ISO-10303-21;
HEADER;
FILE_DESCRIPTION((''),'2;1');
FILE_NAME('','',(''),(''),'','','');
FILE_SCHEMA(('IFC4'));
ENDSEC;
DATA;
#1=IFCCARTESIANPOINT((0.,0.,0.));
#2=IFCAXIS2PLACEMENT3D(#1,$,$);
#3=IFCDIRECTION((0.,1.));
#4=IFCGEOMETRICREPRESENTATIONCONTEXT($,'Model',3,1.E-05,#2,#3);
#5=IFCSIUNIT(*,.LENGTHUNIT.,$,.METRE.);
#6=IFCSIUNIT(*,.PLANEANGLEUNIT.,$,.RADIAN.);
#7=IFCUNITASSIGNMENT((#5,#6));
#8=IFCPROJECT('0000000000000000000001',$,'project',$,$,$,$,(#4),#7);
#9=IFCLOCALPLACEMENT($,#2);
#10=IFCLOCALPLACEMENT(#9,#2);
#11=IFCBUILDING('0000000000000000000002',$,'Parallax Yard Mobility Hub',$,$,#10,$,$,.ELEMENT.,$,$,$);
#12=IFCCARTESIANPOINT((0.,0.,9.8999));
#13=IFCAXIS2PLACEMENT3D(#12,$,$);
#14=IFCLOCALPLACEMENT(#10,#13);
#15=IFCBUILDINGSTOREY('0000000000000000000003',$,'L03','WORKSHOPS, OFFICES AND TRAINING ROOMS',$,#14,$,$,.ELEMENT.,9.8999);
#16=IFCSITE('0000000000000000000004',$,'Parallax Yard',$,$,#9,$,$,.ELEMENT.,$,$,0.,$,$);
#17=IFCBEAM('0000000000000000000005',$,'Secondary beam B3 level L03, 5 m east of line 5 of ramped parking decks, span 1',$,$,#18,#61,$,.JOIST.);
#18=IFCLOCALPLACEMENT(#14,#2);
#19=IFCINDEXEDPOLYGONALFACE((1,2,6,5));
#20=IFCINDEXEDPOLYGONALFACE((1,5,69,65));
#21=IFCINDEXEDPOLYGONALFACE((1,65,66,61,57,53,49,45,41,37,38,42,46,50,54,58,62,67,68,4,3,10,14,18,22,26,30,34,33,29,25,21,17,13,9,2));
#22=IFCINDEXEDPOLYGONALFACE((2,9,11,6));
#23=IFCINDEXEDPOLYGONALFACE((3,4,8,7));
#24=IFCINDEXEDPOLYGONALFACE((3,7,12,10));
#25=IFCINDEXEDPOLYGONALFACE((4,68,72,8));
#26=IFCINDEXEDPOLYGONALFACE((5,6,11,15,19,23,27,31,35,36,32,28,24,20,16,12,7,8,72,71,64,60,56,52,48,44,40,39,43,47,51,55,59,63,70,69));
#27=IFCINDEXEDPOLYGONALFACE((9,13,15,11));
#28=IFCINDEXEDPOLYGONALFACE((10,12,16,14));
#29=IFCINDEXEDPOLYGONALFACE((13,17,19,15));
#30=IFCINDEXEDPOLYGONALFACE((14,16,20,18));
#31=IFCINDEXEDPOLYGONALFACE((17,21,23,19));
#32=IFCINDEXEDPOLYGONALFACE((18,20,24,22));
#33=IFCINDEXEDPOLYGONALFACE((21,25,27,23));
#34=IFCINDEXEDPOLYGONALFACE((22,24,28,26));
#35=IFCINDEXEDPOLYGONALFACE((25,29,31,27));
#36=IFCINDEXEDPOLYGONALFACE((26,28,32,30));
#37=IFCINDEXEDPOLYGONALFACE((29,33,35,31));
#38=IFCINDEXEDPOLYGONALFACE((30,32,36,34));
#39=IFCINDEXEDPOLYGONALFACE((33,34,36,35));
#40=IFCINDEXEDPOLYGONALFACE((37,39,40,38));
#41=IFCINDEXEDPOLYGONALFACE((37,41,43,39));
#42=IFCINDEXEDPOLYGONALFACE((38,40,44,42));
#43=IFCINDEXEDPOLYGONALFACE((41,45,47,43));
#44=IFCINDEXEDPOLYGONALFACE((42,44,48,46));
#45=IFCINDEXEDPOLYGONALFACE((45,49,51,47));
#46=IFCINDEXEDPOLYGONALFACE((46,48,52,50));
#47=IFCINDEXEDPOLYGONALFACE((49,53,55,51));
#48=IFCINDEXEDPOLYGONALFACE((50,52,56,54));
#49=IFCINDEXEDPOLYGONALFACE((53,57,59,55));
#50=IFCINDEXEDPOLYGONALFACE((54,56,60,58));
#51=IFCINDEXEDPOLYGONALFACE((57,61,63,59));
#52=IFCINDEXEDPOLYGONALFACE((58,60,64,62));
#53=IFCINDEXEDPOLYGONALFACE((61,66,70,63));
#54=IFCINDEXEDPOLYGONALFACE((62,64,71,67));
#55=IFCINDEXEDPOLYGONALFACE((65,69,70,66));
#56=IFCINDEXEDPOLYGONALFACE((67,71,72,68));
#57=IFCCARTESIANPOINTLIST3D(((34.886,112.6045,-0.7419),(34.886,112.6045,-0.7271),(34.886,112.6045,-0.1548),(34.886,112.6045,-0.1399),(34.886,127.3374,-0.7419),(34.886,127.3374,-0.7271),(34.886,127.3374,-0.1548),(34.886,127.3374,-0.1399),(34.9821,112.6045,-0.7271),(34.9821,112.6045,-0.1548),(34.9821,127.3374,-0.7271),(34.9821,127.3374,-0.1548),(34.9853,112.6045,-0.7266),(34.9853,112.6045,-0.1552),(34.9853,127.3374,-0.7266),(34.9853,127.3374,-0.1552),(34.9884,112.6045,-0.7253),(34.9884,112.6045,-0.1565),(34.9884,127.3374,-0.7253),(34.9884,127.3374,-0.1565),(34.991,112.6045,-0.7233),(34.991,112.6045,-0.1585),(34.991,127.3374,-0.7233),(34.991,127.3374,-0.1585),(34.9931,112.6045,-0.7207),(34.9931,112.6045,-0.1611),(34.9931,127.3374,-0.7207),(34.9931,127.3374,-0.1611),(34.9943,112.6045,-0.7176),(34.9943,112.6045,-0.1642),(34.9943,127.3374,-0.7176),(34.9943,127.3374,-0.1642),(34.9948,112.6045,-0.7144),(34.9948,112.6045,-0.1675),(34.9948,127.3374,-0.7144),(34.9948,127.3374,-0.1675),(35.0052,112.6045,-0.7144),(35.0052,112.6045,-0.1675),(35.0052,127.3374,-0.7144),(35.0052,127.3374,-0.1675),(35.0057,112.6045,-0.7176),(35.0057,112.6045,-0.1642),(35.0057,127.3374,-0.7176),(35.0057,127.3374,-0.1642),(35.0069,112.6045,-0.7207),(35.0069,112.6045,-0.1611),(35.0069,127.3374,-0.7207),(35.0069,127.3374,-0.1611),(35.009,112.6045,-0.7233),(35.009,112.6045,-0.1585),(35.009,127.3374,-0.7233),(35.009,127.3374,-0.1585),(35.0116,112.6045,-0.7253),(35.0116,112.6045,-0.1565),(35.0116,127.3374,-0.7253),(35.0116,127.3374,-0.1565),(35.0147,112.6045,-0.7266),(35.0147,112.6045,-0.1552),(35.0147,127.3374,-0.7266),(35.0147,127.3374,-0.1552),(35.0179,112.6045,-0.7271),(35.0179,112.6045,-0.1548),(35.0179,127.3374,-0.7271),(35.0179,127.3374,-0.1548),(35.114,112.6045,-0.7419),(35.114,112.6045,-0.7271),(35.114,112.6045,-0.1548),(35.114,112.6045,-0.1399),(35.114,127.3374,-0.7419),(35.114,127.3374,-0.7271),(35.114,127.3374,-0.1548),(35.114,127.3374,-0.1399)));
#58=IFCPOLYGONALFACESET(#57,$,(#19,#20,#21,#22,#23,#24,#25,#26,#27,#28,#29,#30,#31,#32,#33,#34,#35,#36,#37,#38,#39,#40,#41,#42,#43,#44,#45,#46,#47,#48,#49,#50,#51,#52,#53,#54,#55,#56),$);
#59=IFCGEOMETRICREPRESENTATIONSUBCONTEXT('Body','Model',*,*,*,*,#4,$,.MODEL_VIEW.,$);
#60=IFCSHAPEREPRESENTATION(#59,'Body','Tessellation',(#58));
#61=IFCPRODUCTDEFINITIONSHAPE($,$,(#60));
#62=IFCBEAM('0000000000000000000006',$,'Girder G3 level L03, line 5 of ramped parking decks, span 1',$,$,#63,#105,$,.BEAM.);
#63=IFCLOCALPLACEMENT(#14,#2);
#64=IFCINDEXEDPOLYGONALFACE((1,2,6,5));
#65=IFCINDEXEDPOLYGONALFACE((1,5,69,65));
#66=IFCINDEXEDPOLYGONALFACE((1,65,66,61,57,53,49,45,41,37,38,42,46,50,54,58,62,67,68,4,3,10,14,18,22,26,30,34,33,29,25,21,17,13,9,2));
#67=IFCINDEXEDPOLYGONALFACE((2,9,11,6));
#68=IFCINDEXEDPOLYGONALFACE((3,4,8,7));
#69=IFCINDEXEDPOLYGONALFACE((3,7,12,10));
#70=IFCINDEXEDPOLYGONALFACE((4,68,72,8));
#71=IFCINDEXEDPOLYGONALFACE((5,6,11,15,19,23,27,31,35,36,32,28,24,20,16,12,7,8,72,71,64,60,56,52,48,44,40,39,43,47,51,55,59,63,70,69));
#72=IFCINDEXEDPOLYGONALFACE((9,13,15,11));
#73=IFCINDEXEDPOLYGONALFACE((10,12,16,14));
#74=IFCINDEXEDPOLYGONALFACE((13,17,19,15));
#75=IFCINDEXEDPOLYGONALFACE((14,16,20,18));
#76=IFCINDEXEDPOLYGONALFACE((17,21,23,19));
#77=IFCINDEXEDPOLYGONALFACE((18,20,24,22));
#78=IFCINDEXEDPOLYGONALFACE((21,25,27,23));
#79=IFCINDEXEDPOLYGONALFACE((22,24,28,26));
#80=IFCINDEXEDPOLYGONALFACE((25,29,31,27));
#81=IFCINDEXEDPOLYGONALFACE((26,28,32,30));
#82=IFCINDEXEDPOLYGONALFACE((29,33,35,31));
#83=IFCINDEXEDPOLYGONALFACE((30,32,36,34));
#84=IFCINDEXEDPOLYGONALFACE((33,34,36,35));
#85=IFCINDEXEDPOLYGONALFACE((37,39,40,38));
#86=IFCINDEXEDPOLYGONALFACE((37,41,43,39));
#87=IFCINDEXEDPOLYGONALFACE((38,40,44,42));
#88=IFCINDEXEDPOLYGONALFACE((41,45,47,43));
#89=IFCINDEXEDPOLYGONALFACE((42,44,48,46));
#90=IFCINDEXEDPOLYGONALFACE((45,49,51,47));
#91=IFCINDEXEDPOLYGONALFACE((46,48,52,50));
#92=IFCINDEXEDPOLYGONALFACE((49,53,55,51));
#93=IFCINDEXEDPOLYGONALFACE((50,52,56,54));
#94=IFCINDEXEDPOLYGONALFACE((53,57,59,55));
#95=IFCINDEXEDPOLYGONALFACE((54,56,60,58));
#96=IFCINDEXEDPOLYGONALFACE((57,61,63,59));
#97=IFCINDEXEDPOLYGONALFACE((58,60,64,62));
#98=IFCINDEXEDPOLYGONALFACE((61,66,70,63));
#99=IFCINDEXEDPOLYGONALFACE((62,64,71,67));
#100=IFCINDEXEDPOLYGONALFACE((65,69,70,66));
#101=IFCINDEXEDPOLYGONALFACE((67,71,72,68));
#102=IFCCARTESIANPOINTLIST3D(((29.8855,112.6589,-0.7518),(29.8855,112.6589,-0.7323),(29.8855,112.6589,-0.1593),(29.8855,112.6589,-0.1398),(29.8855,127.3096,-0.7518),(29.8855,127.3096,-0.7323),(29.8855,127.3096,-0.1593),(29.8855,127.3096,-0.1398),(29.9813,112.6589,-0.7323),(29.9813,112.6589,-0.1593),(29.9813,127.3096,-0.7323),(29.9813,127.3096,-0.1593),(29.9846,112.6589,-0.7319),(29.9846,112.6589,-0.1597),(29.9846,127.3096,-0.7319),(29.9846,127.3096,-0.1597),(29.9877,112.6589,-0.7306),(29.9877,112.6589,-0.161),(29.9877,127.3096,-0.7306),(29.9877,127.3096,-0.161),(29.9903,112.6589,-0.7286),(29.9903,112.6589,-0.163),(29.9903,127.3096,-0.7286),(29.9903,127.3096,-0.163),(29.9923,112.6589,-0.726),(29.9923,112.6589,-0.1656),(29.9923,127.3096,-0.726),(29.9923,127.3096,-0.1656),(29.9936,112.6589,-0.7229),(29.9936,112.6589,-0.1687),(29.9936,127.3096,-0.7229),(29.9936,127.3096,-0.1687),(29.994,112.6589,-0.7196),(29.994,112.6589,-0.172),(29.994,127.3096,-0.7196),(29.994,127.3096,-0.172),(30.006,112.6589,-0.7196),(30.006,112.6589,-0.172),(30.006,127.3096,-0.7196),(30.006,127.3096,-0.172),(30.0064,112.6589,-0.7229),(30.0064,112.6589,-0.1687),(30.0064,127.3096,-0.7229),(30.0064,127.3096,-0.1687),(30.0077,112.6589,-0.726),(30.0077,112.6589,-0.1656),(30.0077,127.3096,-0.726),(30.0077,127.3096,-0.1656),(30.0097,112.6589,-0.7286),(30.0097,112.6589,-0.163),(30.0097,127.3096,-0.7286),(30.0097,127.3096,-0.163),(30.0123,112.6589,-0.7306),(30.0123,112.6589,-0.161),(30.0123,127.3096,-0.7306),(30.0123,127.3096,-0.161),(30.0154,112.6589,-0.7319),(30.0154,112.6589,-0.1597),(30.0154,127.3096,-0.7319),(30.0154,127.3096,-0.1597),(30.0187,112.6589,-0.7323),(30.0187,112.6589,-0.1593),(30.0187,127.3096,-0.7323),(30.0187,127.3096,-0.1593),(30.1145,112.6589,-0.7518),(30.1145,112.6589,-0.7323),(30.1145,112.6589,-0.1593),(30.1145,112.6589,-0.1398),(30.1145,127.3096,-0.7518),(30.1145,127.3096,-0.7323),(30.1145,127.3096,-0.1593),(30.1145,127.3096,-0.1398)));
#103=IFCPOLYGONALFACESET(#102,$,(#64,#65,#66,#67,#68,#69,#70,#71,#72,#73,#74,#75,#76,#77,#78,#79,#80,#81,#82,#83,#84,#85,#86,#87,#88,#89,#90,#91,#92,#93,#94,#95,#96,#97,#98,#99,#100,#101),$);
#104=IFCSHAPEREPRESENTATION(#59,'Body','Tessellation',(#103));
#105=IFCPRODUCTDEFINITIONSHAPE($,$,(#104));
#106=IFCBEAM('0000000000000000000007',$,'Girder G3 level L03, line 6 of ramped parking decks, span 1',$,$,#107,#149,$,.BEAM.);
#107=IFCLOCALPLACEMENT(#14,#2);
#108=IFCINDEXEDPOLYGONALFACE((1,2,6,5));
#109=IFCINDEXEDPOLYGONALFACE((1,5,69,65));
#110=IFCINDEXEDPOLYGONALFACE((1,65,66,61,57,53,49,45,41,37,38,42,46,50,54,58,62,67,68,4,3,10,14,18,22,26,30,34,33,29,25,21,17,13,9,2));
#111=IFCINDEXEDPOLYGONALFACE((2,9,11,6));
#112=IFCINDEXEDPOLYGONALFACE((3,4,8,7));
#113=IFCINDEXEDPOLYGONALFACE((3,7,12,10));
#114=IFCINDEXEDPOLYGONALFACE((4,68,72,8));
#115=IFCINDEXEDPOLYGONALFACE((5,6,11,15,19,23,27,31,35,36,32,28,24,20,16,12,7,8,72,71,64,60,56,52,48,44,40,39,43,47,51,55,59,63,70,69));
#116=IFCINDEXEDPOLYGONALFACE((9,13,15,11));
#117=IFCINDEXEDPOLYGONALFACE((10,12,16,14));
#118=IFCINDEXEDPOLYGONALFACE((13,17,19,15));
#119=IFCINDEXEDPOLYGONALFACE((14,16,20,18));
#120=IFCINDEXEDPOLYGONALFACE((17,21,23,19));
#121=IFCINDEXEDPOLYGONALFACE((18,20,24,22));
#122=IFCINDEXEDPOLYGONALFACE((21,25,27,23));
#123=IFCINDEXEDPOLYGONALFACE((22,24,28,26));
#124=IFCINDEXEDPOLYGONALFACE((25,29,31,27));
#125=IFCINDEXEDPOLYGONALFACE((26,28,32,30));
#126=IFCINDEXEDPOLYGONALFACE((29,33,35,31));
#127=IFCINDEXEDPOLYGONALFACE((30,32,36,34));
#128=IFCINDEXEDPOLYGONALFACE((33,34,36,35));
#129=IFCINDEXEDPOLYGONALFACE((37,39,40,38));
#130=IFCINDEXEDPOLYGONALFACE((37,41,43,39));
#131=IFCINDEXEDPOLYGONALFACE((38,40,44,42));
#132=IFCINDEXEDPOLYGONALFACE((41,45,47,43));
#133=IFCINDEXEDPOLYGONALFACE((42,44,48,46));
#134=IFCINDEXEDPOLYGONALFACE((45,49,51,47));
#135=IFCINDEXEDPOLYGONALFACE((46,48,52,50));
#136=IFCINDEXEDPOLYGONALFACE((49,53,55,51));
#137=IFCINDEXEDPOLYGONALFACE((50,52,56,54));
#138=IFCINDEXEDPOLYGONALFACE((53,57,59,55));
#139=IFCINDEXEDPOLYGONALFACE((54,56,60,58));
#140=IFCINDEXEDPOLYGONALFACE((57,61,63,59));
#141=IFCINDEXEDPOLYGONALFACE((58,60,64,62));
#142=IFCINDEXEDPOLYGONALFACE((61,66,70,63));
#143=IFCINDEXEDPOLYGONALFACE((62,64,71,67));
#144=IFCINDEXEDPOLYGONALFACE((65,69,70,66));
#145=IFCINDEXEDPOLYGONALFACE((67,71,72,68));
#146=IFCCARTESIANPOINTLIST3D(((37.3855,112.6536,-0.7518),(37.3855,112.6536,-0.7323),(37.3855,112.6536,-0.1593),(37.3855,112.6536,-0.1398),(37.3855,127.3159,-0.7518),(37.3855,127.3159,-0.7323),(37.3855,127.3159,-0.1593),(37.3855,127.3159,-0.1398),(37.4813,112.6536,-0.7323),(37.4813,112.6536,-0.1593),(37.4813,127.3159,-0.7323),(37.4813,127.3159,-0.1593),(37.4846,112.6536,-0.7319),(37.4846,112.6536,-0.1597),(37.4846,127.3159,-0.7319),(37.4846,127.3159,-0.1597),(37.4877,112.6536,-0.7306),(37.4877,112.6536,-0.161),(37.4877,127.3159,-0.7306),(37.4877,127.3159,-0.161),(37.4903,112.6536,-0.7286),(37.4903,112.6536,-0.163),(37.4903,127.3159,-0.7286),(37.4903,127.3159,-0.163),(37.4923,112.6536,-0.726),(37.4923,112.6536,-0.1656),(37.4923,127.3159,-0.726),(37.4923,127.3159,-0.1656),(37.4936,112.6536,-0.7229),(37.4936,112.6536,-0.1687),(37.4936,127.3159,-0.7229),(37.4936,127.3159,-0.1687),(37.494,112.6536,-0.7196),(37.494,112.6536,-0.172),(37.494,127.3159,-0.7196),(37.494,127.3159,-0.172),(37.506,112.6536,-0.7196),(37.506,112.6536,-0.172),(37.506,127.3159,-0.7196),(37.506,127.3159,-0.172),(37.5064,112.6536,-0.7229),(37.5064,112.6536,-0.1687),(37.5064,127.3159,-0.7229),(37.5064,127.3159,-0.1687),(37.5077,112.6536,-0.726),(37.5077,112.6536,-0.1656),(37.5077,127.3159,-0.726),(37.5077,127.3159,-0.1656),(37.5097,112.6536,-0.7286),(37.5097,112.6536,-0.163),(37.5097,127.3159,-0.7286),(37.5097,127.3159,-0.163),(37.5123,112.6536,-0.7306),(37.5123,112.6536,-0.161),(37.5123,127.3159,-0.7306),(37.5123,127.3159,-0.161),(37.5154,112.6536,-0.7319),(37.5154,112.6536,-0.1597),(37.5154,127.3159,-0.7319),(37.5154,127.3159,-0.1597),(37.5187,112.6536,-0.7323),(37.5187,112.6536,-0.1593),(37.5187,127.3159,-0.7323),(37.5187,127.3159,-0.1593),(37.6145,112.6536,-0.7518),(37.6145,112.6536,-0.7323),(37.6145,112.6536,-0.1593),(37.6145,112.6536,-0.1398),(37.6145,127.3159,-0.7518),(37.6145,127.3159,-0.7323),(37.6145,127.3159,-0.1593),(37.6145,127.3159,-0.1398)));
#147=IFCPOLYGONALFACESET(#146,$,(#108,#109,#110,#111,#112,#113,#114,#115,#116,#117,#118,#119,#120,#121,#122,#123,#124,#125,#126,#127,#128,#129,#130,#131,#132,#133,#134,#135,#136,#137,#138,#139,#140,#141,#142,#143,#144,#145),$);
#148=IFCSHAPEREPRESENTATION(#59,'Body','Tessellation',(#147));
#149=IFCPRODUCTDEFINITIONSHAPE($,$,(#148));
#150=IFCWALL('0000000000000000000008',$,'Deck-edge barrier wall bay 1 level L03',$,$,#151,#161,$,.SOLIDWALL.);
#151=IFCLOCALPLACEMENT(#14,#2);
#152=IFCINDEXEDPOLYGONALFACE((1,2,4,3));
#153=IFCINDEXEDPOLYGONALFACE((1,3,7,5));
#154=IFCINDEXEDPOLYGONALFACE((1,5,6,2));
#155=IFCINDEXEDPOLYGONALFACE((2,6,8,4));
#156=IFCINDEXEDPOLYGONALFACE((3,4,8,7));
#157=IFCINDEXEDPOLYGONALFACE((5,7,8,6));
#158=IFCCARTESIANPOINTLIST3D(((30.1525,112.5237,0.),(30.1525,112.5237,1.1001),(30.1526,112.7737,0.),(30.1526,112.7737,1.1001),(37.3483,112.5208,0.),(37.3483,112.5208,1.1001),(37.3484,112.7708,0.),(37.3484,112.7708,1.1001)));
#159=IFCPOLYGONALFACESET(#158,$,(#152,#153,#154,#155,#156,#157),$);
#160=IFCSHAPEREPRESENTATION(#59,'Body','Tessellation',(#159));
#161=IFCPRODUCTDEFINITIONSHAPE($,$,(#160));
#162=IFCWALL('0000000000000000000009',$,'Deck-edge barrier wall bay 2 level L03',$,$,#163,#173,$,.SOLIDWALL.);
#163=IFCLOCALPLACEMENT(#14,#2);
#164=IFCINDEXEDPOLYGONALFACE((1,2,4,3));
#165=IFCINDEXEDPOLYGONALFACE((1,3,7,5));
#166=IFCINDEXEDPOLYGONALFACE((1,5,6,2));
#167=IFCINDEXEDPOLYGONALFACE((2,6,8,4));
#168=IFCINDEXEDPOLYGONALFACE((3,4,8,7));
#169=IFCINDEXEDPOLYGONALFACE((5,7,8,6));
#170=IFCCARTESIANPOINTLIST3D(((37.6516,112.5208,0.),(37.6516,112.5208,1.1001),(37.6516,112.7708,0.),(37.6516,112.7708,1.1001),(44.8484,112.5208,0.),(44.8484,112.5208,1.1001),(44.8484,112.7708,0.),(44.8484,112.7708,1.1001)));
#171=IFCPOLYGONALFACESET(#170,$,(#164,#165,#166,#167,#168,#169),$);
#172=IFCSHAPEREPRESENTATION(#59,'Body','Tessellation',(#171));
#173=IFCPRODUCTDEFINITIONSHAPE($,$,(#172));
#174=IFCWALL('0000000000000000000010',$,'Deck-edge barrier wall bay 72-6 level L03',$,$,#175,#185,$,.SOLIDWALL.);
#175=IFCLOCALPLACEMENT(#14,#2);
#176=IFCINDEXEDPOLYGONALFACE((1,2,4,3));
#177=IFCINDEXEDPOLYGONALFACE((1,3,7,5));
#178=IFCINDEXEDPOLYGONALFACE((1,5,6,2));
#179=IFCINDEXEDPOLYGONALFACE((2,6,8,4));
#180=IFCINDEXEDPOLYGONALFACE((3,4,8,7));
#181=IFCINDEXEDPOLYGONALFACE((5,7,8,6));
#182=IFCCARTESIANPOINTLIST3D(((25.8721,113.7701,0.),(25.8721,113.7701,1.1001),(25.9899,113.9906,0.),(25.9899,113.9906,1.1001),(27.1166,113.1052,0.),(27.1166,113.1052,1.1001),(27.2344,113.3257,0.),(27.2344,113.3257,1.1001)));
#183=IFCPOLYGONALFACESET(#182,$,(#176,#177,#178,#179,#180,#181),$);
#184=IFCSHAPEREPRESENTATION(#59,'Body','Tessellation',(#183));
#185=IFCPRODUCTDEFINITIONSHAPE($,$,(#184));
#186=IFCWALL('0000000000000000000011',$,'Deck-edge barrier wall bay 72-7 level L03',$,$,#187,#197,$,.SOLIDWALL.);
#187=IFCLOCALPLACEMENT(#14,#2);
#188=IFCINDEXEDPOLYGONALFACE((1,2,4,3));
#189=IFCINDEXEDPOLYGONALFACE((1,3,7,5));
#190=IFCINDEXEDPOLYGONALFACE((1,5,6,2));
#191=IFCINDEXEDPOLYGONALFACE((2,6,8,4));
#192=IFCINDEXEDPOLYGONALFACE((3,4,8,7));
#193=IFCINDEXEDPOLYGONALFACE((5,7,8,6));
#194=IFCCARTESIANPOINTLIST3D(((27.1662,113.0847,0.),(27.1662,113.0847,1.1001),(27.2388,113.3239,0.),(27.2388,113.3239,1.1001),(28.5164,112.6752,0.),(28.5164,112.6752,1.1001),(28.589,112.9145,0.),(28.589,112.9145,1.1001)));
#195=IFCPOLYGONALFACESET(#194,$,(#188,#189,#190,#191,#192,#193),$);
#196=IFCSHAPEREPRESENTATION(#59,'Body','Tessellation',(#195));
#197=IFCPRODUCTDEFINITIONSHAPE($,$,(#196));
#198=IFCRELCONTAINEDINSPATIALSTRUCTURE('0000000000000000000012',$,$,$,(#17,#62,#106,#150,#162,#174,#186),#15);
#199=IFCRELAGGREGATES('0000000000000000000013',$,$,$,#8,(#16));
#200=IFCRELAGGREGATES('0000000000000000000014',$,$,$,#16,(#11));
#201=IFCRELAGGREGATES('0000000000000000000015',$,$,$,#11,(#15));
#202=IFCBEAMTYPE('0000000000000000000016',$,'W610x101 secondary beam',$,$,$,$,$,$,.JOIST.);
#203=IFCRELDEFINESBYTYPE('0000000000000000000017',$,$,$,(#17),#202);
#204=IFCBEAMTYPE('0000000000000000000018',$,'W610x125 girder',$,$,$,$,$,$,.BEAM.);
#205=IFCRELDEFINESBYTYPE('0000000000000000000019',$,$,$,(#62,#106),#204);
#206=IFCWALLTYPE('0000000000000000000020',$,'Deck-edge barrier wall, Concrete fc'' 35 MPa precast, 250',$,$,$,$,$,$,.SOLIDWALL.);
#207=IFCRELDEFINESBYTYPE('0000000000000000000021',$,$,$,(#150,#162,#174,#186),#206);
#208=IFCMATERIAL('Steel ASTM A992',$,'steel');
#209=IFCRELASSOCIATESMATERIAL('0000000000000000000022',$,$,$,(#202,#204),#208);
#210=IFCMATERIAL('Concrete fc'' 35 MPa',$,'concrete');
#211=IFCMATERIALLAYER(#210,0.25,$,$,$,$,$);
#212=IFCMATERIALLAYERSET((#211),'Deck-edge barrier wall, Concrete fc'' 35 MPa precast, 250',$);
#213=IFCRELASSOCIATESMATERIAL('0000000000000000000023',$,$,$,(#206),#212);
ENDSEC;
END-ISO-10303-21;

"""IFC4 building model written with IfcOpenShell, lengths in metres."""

from ifc_helpers import new_model, si_unit, direction, frame, frame_2d, origin, origin_2d, place, context, subcontext, project, spatial, rectangle, i_section, extrude, material, layer, layer_set, material_profile, profile_set, type_object, element, save


model = new_model("IFC4")

# Units and contexts
model_context = context("Model", 3, precision=1e-05, world=origin(), true_north=direction((0.0, 1.0)))
body_context = subcontext(model_context, "Body", "Model", "MODEL_VIEW")
ifc_project = project(units=[si_unit("LENGTHUNIT", "METRE"), si_unit("PLANEANGLEUNIT", "RADIAN")], contexts=[model_context])

# Site, building, storey
site_placement = place(None, origin())
site = spatial("IfcSite", under=ifc_project, at=site_placement, Name="Parallax Yard", CompositionType="ELEMENT", RefElevation=0.0)
building_placement = place(site_placement, origin())
building = spatial("IfcBuilding", under=site, at=building_placement, Name="Parallax Yard Mobility Hub", CompositionType="ELEMENT")
storey_placement = place(building_placement, frame((0.0, 0.0, 9.8999)))
storey = spatial("IfcBuildingStorey", under=building, at=storey_placement, Name="L03", Description="WORKSHOPS, OFFICES AND TRAINING ROOMS", CompositionType="ELEMENT", Elevation=9.8999)

# Shared definitions
ifc_material_1 = material(Name="Steel ASTM A992", Category="steel")

# Beams
ifc_material_profile_1 = material_profile(ifc_material_1, i_section(OverallWidth=0.228, OverallDepth=0.6021, WebThickness=0.0105, FlangeThickness=0.0149, FilletRadius=0.0127, at=origin_2d()), Name="W610x101")
ifc_profile_set_1 = profile_set([ifc_material_profile_1], Name="Steel ASTM A992")
beam_type_1 = type_object("IfcBeamType", Name="W610x101 secondary beam", PredefinedType="JOIST", material=ifc_profile_set_1)
beam_1_placement = place(storey_placement, frame((35.0, 112.6045, -0.4409), z_axis=(0.0, 1.0, 0.0), x_axis=(-1.0, 0.0, 0.0)))
element("IfcBeam", 1, at=beam_1_placement, inside=storey, type_object=beam_type_1, Name="Secondary beam B3 level L03, 5 m east of line 5 of ramped parking decks, span 1", PredefinedType="JOIST", context=body_context, shape_type="SweptSolid", body=[
    extrude(i_section(OverallWidth=0.228, OverallDepth=0.6021, WebThickness=0.0105, FlangeThickness=0.0149, FilletRadius=0.0127, at=origin_2d()), origin(), (0.0, 0.0, 1.0), 14.7329),
])
ifc_material_profile_2 = material_profile(ifc_material_1, i_section(OverallWidth=0.229, OverallDepth=0.6121, WebThickness=0.012, FlangeThickness=0.0195, FilletRadius=0.0127, at=origin_2d()), Name="W610x125")
ifc_profile_set_2 = profile_set([ifc_material_profile_2], Name="Steel ASTM A992")
beam_type_2 = type_object("IfcBeamType", Name="W610x125 girder", PredefinedType="BEAM", material=ifc_profile_set_2)
beam_2_placement = place(storey_placement, frame((30.0, 112.6589, -0.4458), z_axis=(0.0, 1.0, 0.0), x_axis=(-1.0, 0.0, 0.0)))
element("IfcBeam", 2, at=beam_2_placement, inside=storey, type_object=beam_type_2, Name="Girder G3 level L03, line 5 of ramped parking decks, span 1", PredefinedType="BEAM", context=body_context, shape_type="SweptSolid", body=[
    extrude(i_section(OverallWidth=0.229, OverallDepth=0.6121, WebThickness=0.012, FlangeThickness=0.0195, FilletRadius=0.0127, at=origin_2d()), origin(), (0.0, 0.0, 1.0), 14.6506),
])
beam_3_placement = place(storey_placement, frame((37.5, 112.6536, -0.4458), z_axis=(0.0, 1.0, 0.0), x_axis=(-1.0, 0.0, 0.0)))
element("IfcBeam", 3, at=beam_3_placement, inside=storey, type_object=beam_type_2, Name="Girder G3 level L03, line 6 of ramped parking decks, span 1", PredefinedType="BEAM", context=body_context, shape_type="SweptSolid", body=[
    extrude(i_section(OverallWidth=0.229, OverallDepth=0.6121, WebThickness=0.012, FlangeThickness=0.0195, FilletRadius=0.0127, at=origin_2d()), origin(), (0.0, 0.0, 1.0), 14.6624),
])

# Walls
ifc_material_2 = material(Name="Concrete fc' 35 MPa", Category="concrete")
ifc_layer_1 = layer(ifc_material_2, 0.25)
ifc_layer_set_1 = layer_set([ifc_layer_1], Name="Deck-edge barrier wall, Concrete fc' 35 MPa precast, 250")
wall_type = type_object("IfcWallType", Name="Deck-edge barrier wall, Concrete fc' 35 MPa precast, 250", PredefinedType="SOLIDWALL", material=ifc_layer_set_1)
wall_1_placement = place(storey_placement, frame((30.1526, 112.6487, 0.0), z_axis=(0.0, 0.0, 1.0), x_axis=(1.0, -0.000407, 0.0)))
element("IfcWall", 4, at=wall_1_placement, inside=storey, type_object=wall_type, Name="Deck-edge barrier wall bay 1 level L03", PredefinedType="SOLIDWALL", context=body_context, shape_type="SweptSolid", body=[
    extrude(rectangle(XDim=7.1958, YDim=0.25, at=frame_2d((3.5979, 0.0))), origin(), (0.0, 0.0, 1.0), 1.1001),
])
wall_2_placement = place(storey_placement, frame((37.6516, 112.6458, 0.0), z_axis=(0.0, 0.0, 1.0), x_axis=(1.0, 0.0, 0.0)))
element("IfcWall", 5, at=wall_2_placement, inside=storey, type_object=wall_type, Name="Deck-edge barrier wall bay 2 level L03", PredefinedType="SOLIDWALL", context=body_context, shape_type="SweptSolid", body=[
    extrude(rectangle(XDim=7.1968, YDim=0.25, at=frame_2d((3.5984, 0.0))), origin(), (0.0, 0.0, 1.0), 1.1001),
])
for number, where, z_axis, x_axis, name in (
    (6, (25.9309, 113.8804, 0.0), (0.0, 0.0, 1.0), (0.882022, -0.471208, 0.0), "Deck-edge barrier wall bay 72-6 level L03"),
    (7, (27.2024, 113.2043, 0.0), (0.0, 0.0, 1.0), (0.956965, -0.290204, 0.0), "Deck-edge barrier wall bay 72-7 level L03"),
):
    element("IfcWall", number, at=place(storey_placement, frame(where, z_axis=z_axis, x_axis=x_axis)), inside=storey, type_object=wall_type, Name=name, PredefinedType="SOLIDWALL", context=body_context, shape_type="SweptSolid", body=[
        extrude(rectangle(XDim=1.4109, YDim=0.25, at=frame_2d((0.7056, 0.0))), origin(), (0.0, 0.0, 1.0), 1.1001),
    ])

save(model, "model.ifc")
